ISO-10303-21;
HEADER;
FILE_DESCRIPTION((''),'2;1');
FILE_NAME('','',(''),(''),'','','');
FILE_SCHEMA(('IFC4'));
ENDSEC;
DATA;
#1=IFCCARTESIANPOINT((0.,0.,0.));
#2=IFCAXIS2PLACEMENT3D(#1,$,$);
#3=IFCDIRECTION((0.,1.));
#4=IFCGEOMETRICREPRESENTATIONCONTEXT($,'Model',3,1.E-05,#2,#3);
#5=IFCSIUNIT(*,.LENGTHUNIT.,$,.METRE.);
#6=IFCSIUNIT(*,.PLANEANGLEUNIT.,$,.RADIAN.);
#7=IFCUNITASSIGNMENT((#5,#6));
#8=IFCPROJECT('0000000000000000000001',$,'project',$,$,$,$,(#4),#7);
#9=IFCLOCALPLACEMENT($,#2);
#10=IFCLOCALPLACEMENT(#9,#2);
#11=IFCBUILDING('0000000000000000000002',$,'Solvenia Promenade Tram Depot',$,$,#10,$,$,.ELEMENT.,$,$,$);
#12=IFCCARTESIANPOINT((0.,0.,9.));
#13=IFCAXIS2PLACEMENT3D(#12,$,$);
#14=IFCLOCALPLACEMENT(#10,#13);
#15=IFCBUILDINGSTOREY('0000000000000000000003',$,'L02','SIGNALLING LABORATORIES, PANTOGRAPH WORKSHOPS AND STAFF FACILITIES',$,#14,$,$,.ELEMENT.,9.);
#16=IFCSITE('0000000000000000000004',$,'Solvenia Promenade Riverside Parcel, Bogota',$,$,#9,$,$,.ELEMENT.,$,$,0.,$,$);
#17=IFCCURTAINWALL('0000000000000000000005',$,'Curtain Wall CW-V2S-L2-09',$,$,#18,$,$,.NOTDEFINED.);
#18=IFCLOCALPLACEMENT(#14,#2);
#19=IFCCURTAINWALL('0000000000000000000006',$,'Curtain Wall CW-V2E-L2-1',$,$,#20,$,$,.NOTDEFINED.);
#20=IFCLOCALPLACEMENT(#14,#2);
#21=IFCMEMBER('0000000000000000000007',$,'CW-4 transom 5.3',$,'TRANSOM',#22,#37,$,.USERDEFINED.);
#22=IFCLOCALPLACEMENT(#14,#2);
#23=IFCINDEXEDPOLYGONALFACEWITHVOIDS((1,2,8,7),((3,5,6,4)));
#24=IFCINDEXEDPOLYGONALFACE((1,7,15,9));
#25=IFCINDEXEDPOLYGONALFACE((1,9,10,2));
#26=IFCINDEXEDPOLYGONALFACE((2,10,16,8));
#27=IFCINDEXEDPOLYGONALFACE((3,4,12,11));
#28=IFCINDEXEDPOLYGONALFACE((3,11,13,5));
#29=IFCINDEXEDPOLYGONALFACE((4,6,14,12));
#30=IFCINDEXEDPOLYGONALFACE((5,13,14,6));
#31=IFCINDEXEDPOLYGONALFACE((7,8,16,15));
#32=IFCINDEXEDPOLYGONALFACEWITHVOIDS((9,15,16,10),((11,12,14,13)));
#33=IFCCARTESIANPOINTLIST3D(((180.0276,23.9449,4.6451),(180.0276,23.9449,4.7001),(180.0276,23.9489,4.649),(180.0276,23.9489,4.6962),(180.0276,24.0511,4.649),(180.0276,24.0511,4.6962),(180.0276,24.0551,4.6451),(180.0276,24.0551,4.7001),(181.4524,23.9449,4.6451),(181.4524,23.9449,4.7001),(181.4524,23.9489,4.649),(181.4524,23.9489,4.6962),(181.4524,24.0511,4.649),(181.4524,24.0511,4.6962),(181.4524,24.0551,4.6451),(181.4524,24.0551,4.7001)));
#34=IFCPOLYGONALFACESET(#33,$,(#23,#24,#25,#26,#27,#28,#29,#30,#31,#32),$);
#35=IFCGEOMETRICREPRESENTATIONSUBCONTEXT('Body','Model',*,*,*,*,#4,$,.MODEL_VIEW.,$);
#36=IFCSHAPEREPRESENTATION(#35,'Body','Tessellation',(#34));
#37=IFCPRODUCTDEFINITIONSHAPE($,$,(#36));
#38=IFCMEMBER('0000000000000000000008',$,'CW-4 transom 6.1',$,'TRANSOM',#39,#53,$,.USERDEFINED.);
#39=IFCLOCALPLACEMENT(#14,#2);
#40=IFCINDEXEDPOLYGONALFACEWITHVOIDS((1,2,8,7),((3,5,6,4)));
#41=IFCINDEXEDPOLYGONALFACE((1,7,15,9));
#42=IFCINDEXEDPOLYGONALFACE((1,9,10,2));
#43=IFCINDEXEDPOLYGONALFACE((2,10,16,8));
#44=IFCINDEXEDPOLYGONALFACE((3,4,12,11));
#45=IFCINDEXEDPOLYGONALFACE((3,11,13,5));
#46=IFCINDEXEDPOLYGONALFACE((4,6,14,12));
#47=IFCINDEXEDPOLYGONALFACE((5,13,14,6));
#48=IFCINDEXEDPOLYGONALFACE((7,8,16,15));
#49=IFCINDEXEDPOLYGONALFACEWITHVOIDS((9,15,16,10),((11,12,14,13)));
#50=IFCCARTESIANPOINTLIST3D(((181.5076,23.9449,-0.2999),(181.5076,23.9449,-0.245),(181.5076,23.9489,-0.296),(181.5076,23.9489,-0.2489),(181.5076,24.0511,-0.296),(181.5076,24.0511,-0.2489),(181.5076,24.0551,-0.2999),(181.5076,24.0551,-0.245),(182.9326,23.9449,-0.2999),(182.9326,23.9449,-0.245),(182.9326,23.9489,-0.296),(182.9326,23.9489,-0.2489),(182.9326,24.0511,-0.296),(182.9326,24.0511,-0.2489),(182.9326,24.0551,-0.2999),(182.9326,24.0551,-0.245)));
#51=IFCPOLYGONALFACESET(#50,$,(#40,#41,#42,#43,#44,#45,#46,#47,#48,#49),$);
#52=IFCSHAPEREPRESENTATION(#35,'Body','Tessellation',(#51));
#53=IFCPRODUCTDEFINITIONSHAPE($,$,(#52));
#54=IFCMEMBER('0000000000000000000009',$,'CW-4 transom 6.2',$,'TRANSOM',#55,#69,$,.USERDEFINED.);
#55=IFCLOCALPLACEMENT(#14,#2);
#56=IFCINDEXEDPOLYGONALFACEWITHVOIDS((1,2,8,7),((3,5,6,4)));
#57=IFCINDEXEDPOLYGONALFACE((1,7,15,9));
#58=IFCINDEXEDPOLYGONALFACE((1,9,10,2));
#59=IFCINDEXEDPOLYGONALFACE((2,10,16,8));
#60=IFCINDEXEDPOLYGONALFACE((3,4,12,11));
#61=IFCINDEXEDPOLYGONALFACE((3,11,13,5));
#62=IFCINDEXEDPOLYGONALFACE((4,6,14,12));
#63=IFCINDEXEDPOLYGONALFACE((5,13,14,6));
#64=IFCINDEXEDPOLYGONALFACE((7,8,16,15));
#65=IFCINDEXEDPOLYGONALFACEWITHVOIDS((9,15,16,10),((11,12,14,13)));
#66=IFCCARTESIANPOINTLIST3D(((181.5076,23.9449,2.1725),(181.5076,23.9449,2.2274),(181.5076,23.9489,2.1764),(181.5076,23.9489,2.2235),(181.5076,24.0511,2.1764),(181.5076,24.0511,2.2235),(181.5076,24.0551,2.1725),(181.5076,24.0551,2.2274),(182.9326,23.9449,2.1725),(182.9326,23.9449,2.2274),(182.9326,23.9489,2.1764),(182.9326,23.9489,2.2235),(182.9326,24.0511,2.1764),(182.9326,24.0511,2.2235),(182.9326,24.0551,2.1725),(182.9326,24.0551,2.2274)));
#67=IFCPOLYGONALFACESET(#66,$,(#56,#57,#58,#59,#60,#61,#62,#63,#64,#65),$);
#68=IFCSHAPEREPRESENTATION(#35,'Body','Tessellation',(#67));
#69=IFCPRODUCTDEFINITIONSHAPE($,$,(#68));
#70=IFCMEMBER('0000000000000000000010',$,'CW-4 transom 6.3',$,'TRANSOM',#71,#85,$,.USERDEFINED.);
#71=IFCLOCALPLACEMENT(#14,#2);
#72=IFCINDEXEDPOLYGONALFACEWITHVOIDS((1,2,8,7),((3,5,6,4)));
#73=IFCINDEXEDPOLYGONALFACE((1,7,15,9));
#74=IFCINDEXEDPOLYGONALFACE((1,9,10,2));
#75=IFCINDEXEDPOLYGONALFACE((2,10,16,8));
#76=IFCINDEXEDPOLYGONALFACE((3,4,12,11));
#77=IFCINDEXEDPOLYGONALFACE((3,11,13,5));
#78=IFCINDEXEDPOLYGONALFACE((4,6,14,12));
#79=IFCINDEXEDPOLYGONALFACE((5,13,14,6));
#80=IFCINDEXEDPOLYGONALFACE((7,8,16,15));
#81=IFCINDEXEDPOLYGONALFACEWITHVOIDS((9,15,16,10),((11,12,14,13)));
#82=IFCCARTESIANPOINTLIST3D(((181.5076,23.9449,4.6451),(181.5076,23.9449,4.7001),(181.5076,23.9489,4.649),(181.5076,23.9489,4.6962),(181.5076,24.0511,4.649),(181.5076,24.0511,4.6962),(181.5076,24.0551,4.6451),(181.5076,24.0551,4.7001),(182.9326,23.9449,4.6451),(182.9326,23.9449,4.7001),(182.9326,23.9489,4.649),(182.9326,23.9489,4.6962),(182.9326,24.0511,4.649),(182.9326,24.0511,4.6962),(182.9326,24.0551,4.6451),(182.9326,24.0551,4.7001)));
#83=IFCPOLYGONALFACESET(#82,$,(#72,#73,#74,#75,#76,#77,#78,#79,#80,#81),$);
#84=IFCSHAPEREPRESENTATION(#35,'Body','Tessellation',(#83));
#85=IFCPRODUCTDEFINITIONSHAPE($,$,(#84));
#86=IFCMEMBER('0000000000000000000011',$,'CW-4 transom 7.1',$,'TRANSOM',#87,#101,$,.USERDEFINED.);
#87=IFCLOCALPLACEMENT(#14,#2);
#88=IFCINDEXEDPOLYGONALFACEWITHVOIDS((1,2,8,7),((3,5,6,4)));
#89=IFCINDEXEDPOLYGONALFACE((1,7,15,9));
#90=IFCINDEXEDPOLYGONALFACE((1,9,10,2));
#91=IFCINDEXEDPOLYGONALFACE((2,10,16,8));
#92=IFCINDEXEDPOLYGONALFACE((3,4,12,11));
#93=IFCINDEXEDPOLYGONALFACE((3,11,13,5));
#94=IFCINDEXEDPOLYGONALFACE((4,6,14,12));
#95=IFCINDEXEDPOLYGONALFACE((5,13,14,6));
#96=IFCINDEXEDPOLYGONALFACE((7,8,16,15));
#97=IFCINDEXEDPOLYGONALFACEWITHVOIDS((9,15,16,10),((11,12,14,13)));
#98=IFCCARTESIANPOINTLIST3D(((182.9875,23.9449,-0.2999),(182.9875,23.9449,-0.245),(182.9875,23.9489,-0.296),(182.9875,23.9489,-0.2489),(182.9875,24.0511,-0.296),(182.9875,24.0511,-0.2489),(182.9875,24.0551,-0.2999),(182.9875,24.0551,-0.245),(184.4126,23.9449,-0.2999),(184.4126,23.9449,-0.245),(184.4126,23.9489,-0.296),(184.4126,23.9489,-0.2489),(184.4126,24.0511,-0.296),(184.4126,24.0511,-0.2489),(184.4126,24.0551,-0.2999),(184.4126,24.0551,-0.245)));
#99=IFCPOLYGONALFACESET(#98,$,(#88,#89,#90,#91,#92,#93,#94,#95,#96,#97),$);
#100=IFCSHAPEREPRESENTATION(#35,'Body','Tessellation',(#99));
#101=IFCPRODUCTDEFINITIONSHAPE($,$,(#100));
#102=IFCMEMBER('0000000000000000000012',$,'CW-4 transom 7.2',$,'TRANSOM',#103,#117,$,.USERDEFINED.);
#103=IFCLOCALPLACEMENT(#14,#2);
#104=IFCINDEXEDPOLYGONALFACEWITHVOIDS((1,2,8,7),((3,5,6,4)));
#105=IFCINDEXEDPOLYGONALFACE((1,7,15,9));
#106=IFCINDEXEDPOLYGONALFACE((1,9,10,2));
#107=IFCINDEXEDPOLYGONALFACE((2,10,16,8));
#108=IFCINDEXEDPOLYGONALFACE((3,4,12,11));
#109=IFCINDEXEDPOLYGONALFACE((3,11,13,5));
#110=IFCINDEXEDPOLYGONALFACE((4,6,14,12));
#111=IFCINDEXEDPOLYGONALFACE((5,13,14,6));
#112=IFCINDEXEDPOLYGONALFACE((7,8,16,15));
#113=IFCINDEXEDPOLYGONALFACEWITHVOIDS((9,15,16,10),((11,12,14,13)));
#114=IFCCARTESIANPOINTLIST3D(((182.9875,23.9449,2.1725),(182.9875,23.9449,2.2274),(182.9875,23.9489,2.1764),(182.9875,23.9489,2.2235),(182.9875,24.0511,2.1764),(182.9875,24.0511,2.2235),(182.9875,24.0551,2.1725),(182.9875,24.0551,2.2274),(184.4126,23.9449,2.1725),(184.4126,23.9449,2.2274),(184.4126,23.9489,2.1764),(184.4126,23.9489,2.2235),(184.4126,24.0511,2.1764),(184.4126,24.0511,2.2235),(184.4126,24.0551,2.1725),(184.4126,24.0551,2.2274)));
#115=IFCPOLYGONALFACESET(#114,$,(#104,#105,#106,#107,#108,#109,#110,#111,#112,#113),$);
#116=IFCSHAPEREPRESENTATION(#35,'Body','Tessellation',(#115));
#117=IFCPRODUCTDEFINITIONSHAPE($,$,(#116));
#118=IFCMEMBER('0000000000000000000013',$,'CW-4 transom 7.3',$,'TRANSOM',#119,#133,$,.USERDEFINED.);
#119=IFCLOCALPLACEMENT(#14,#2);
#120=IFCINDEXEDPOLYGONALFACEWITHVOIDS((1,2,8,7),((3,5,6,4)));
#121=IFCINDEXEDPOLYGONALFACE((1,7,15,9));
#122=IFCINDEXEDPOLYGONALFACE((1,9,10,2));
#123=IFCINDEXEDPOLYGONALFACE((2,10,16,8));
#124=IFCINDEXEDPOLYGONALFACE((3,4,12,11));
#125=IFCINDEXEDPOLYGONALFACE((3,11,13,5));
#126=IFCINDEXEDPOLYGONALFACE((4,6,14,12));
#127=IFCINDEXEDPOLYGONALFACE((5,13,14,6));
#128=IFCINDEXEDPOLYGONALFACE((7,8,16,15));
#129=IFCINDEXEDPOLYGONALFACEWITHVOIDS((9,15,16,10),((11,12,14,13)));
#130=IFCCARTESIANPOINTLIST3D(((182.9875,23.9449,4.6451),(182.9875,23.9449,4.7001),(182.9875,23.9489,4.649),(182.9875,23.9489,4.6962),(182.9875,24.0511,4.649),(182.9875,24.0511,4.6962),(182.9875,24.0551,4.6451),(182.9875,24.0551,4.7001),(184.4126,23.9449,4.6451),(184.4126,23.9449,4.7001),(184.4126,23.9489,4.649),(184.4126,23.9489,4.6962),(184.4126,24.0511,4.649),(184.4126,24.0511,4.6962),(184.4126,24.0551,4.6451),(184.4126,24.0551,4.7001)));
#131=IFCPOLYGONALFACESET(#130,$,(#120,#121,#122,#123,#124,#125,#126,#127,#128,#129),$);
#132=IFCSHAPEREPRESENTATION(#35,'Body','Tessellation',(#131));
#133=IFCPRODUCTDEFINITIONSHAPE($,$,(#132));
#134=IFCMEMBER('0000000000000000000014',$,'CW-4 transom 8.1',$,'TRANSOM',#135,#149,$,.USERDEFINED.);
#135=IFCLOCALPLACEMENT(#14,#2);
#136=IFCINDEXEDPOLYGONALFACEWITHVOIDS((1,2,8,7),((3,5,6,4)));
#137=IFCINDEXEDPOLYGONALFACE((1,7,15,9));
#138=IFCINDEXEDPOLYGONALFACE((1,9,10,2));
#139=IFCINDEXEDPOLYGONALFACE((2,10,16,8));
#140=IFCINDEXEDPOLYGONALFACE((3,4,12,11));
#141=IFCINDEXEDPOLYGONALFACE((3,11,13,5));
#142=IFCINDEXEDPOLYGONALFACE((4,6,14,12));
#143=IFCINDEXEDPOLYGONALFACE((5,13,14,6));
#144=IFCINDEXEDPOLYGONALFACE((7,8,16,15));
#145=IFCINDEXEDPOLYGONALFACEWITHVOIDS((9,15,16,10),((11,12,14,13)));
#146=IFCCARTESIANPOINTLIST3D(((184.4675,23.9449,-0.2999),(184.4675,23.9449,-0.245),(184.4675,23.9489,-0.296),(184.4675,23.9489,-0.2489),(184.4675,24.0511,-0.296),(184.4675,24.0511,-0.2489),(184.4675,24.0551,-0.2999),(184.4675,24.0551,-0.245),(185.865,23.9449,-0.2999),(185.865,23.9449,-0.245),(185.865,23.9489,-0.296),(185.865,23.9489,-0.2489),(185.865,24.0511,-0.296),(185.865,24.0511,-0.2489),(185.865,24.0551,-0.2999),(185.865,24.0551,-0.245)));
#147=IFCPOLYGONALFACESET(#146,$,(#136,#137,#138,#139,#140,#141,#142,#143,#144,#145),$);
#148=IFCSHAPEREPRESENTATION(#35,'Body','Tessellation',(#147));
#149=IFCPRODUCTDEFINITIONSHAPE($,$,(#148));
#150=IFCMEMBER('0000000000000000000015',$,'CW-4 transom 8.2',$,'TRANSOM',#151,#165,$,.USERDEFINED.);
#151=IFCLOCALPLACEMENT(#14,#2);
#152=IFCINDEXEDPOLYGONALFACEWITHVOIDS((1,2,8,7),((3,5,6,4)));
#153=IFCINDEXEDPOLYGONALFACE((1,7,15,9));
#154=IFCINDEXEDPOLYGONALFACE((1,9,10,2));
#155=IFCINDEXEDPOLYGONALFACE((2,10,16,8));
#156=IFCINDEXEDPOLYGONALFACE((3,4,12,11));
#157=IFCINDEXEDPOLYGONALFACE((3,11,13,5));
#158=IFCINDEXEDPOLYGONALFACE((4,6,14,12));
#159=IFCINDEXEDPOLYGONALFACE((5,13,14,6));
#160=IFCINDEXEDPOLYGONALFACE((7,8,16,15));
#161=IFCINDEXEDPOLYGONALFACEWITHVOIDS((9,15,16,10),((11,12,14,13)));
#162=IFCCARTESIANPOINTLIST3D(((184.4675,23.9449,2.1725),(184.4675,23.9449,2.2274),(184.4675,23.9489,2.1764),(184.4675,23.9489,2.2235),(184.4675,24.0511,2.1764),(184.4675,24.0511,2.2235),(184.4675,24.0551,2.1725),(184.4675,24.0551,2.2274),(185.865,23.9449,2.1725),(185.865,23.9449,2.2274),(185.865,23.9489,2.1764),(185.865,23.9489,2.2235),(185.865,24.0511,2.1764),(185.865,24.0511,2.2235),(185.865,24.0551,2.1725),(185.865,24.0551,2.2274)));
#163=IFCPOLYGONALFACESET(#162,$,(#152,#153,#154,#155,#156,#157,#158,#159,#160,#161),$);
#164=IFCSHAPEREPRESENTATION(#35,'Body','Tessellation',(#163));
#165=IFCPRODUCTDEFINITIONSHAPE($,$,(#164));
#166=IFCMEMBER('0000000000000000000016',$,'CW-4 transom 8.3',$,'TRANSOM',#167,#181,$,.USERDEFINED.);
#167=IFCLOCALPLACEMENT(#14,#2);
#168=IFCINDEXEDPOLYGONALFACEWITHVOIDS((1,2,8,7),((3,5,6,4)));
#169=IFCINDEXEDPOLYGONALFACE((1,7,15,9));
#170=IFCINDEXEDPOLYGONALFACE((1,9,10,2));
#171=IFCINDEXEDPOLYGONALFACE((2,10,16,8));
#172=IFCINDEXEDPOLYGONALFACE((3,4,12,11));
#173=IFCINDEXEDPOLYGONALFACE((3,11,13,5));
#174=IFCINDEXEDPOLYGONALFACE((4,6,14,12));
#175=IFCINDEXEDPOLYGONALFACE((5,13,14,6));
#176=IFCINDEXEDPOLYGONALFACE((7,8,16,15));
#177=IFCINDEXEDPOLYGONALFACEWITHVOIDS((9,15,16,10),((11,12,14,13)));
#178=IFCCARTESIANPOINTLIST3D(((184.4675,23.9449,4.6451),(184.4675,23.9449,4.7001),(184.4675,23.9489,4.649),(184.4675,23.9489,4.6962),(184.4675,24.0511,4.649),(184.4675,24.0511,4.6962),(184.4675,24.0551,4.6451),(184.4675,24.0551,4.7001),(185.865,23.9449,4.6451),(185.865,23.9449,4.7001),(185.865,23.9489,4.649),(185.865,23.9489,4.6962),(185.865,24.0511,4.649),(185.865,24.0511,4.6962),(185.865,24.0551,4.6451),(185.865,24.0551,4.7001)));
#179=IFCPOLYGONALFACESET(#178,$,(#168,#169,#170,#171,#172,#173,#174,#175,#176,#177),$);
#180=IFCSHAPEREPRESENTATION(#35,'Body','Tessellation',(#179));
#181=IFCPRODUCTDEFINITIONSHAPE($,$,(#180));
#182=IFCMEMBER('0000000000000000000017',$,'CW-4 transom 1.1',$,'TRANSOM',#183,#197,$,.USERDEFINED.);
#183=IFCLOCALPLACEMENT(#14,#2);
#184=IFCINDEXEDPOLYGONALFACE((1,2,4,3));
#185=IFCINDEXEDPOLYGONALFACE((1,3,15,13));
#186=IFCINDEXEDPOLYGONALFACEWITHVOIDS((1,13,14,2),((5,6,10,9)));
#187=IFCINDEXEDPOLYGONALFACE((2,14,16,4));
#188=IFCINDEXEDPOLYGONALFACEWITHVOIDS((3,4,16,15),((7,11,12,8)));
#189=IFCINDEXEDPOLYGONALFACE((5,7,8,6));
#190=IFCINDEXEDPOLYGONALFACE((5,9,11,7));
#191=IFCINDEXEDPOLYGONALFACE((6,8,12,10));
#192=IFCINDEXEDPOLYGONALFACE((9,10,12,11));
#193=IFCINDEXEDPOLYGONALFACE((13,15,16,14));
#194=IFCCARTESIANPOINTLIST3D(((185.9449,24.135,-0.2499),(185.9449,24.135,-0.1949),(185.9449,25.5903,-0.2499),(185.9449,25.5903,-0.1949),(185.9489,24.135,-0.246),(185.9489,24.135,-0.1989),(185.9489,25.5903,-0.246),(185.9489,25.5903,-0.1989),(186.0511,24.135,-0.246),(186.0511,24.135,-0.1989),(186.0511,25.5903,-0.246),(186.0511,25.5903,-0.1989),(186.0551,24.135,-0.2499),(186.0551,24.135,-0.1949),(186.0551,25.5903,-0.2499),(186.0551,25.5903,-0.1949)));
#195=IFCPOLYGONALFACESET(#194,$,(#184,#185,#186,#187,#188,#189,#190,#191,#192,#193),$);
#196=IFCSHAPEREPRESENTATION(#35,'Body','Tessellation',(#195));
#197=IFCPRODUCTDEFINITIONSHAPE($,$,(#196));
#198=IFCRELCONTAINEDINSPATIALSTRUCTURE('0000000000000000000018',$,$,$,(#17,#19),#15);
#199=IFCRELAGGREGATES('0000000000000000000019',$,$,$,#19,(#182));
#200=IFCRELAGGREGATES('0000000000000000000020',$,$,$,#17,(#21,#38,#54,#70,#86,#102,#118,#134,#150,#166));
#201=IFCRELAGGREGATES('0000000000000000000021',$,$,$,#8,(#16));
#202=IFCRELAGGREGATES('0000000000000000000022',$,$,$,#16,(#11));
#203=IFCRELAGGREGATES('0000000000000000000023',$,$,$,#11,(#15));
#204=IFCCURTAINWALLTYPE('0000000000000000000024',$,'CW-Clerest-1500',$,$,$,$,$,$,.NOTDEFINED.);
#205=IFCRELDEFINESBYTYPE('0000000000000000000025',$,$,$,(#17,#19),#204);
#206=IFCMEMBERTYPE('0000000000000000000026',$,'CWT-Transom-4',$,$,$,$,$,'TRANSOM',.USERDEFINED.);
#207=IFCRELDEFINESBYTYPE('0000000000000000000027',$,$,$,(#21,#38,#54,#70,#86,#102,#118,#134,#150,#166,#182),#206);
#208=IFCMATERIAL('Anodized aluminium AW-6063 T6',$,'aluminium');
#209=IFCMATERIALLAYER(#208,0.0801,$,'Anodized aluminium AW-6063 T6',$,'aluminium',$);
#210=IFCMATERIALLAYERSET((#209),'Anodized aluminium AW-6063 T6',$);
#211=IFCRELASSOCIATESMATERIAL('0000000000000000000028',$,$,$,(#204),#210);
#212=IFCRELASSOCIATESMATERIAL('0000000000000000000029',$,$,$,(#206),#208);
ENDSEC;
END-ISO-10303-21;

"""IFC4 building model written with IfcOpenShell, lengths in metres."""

from ifc_helpers import new_model, si_unit, direction, frame, origin, origin_2d, place, context, subcontext, project, spatial, hollow_rectangle, extrude, material, layer, layer_set, material_profile, profile_set, type_object, element, aggregate, save


model = new_model("IFC4")

# Units and contexts
model_context = context("Model", 3, precision=1e-05, world=origin(), true_north=direction((0.0, 1.0)))
body_context = subcontext(model_context, "Body", "Model", "MODEL_VIEW")
ifc_project = project(units=[si_unit("LENGTHUNIT", "METRE"), si_unit("PLANEANGLEUNIT", "RADIAN")], contexts=[model_context])

# Site, building, storey
site_placement = place(None, origin())
site = spatial("IfcSite", under=ifc_project, at=site_placement, Name="Solvenia Promenade Riverside Parcel, Bogota", CompositionType="ELEMENT", RefElevation=0.0)
building_placement = place(site_placement, origin())
building = spatial("IfcBuilding", under=site, at=building_placement, Name="Solvenia Promenade Tram Depot", CompositionType="ELEMENT")
storey_placement = place(building_placement, frame((0.0, 0.0, 9.0)))
storey = spatial("IfcBuildingStorey", under=building, at=storey_placement, Name="L02", Description="SIGNALLING LABORATORIES, PANTOGRAPH WORKSHOPS AND STAFF FACILITIES", CompositionType="ELEMENT", Elevation=9.0)

# Curtain wall
ifc_material_1 = material(Name="Anodized aluminium AW-6063 T6", Category="aluminium")
ifc_layer_1 = layer(ifc_material_1, 0.0801, Name="Anodized aluminium AW-6063 T6", Category="aluminium")
ifc_layer_set_1 = layer_set([ifc_layer_1], Name="Anodized aluminium AW-6063 T6")
curtain_wall_type = type_object("IfcCurtainWallType", Name="CW-Clerest-1500", PredefinedType="NOTDEFINED", material=ifc_layer_set_1)
curtain_wall_1_placement = place(storey_placement, origin())
curtain_wall_1 = element("IfcCurtainWall", 1, at=curtain_wall_1_placement, inside=storey, type_object=curtain_wall_type, Name="Curtain Wall CW-V2S-L2-09", PredefinedType="NOTDEFINED")

# Curtain wall
curtain_wall_2_placement = place(storey_placement, origin())
curtain_wall_2 = element("IfcCurtainWall", 2, at=curtain_wall_2_placement, inside=storey, type_object=curtain_wall_type, Name="Curtain Wall CW-V2E-L2-1", PredefinedType="NOTDEFINED")

# Members
ifc_material_profile_1 = material_profile(ifc_material_1, hollow_rectangle(XDim=0.1101, YDim=0.0549, WallThickness=0.0039, at=origin_2d()), Name="ALU-T4", Category="aluminium")
ifc_profile_set_1 = profile_set([ifc_material_profile_1], Name="Anodized aluminium AW-6063 T6")
member_type_1 = type_object("IfcMemberType", Name="CWT-Transom-4", ElementType="TRANSOM", PredefinedType="USERDEFINED", material=ifc_profile_set_1)
member_1_placement = place(storey_placement, frame((180.0276, 24.0, 4.6726), z_axis=(1.0, 0.0, 0.0), x_axis=(0.0, 1.0, 0.0)))
member_1 = element("IfcMember", 3, at=member_1_placement, type_object=member_type_1, Name="CW-4 transom 5.3", ObjectType="TRANSOM", PredefinedType="USERDEFINED", context=body_context, shape_type="SweptSolid", body=[
    extrude(hollow_rectangle(XDim=0.1101, YDim=0.0549, WallThickness=0.0039, at=origin_2d()), origin(), (0.0, 0.0, 1.0), 1.4248),
])
member_2_placement = place(storey_placement, frame((181.5076, 24.0, -0.2725), z_axis=(1.0, 0.0, 0.0), x_axis=(0.0, 1.0, 0.0)))
member_2 = element("IfcMember", 4, at=member_2_placement, type_object=member_type_1, Name="CW-4 transom 6.1", ObjectType="TRANSOM", PredefinedType="USERDEFINED", context=body_context, shape_type="SweptSolid", body=[
    extrude(hollow_rectangle(XDim=0.1101, YDim=0.0549, WallThickness=0.0039, at=origin_2d()), origin(), (0.0, 0.0, 1.0), 1.425),
])
member_3_placement = place(storey_placement, frame((181.5076, 24.0, 2.2), z_axis=(1.0, 0.0, 0.0), x_axis=(0.0, 1.0, 0.0)))
member_3 = element("IfcMember", 5, at=member_3_placement, type_object=member_type_1, Name="CW-4 transom 6.2", ObjectType="TRANSOM", PredefinedType="USERDEFINED", context=body_context, shape_type="SweptSolid", body=[
    extrude(hollow_rectangle(XDim=0.1101, YDim=0.0549, WallThickness=0.0039, at=origin_2d()), origin(), (0.0, 0.0, 1.0), 1.425),
])
member_4_placement = place(storey_placement, frame((181.5076, 24.0, 4.6726), z_axis=(1.0, 0.0, 0.0), x_axis=(0.0, 1.0, 0.0)))
member_4 = element("IfcMember", 6, at=member_4_placement, type_object=member_type_1, Name="CW-4 transom 6.3", ObjectType="TRANSOM", PredefinedType="USERDEFINED", context=body_context, shape_type="SweptSolid", body=[
    extrude(hollow_rectangle(XDim=0.1101, YDim=0.0549, WallThickness=0.0039, at=origin_2d()), origin(), (0.0, 0.0, 1.0), 1.425),
])
member_5_placement = place(storey_placement, frame((182.9875, 24.0, -0.2725), z_axis=(1.0, 0.0, 0.0), x_axis=(0.0, 1.0, 0.0)))
member_5 = element("IfcMember", 7, at=member_5_placement, type_object=member_type_1, Name="CW-4 transom 7.1", ObjectType="TRANSOM", PredefinedType="USERDEFINED", context=body_context, shape_type="SweptSolid", body=[
    extrude(hollow_rectangle(XDim=0.1101, YDim=0.0549, WallThickness=0.0039, at=origin_2d()), origin(), (0.0, 0.0, 1.0), 1.425),
])
member_6_placement = place(storey_placement, frame((182.9875, 24.0, 2.2), z_axis=(1.0, 0.0, 0.0), x_axis=(0.0, 1.0, 0.0)))
member_6 = element("IfcMember", 8, at=member_6_placement, type_object=member_type_1, Name="CW-4 transom 7.2", ObjectType="TRANSOM", PredefinedType="USERDEFINED", context=body_context, shape_type="SweptSolid", body=[
    extrude(hollow_rectangle(XDim=0.1101, YDim=0.0549, WallThickness=0.0039, at=origin_2d()), origin(), (0.0, 0.0, 1.0), 1.425),
])
member_7_placement = place(storey_placement, frame((182.9875, 24.0, 4.6726), z_axis=(1.0, 0.0, 0.0), x_axis=(0.0, 1.0, 0.0)))
member_7 = element("IfcMember", 9, at=member_7_placement, type_object=member_type_1, Name="CW-4 transom 7.3", ObjectType="TRANSOM", PredefinedType="USERDEFINED", context=body_context, shape_type="SweptSolid", body=[
    extrude(hollow_rectangle(XDim=0.1101, YDim=0.0549, WallThickness=0.0039, at=origin_2d()), origin(), (0.0, 0.0, 1.0), 1.425),
])
member_8_placement = place(storey_placement, frame((184.4675, 24.0, -0.2725), z_axis=(1.0, 0.0, 0.0), x_axis=(0.0, 1.0, 0.0)))
member_8 = element("IfcMember", 10, at=member_8_placement, type_object=member_type_1, Name="CW-4 transom 8.1", ObjectType="TRANSOM", PredefinedType="USERDEFINED", context=body_context, shape_type="SweptSolid", body=[
    extrude(hollow_rectangle(XDim=0.1101, YDim=0.0549, WallThickness=0.0039, at=origin_2d()), origin(), (0.0, 0.0, 1.0), 1.3975),
])
member_9_placement = place(storey_placement, frame((184.4675, 24.0, 2.2), z_axis=(1.0, 0.0, 0.0), x_axis=(0.0, 1.0, 0.0)))
member_9 = element("IfcMember", 11, at=member_9_placement, type_object=member_type_1, Name="CW-4 transom 8.2", ObjectType="TRANSOM", PredefinedType="USERDEFINED", context=body_context, shape_type="SweptSolid", body=[
    extrude(hollow_rectangle(XDim=0.1101, YDim=0.0549, WallThickness=0.0039, at=origin_2d()), origin(), (0.0, 0.0, 1.0), 1.3975),
])
member_10_placement = place(storey_placement, frame((184.4675, 24.0, 4.6726), z_axis=(1.0, 0.0, 0.0), x_axis=(0.0, 1.0, 0.0)))
member_10 = element("IfcMember", 12, at=member_10_placement, type_object=member_type_1, Name="CW-4 transom 8.3", ObjectType="TRANSOM", PredefinedType="USERDEFINED", context=body_context, shape_type="SweptSolid", body=[
    extrude(hollow_rectangle(XDim=0.1101, YDim=0.0549, WallThickness=0.0039, at=origin_2d()), origin(), (0.0, 0.0, 1.0), 1.3975),
])
member_11_placement = place(storey_placement, frame((186.0, 24.135, -0.2224), z_axis=(0.0, 1.0, 0.0), x_axis=(-1.0, 0.0, 0.0)))
member_11 = element("IfcMember", 13, at=member_11_placement, type_object=member_type_1, Name="CW-4 transom 1.1", ObjectType="TRANSOM", PredefinedType="USERDEFINED", context=body_context, shape_type="SweptSolid", body=[
    extrude(hollow_rectangle(XDim=0.1101, YDim=0.0549, WallThickness=0.0039, at=origin_2d()), origin(), (0.0, 0.0, 1.0), 1.4553),
])
aggregate(curtain_wall_2, [member_11])

aggregate(curtain_wall_1, [member_1, member_2, member_3, member_4, member_5, member_6, member_7, member_8, member_9, member_10])

save(model, "model.ifc")
